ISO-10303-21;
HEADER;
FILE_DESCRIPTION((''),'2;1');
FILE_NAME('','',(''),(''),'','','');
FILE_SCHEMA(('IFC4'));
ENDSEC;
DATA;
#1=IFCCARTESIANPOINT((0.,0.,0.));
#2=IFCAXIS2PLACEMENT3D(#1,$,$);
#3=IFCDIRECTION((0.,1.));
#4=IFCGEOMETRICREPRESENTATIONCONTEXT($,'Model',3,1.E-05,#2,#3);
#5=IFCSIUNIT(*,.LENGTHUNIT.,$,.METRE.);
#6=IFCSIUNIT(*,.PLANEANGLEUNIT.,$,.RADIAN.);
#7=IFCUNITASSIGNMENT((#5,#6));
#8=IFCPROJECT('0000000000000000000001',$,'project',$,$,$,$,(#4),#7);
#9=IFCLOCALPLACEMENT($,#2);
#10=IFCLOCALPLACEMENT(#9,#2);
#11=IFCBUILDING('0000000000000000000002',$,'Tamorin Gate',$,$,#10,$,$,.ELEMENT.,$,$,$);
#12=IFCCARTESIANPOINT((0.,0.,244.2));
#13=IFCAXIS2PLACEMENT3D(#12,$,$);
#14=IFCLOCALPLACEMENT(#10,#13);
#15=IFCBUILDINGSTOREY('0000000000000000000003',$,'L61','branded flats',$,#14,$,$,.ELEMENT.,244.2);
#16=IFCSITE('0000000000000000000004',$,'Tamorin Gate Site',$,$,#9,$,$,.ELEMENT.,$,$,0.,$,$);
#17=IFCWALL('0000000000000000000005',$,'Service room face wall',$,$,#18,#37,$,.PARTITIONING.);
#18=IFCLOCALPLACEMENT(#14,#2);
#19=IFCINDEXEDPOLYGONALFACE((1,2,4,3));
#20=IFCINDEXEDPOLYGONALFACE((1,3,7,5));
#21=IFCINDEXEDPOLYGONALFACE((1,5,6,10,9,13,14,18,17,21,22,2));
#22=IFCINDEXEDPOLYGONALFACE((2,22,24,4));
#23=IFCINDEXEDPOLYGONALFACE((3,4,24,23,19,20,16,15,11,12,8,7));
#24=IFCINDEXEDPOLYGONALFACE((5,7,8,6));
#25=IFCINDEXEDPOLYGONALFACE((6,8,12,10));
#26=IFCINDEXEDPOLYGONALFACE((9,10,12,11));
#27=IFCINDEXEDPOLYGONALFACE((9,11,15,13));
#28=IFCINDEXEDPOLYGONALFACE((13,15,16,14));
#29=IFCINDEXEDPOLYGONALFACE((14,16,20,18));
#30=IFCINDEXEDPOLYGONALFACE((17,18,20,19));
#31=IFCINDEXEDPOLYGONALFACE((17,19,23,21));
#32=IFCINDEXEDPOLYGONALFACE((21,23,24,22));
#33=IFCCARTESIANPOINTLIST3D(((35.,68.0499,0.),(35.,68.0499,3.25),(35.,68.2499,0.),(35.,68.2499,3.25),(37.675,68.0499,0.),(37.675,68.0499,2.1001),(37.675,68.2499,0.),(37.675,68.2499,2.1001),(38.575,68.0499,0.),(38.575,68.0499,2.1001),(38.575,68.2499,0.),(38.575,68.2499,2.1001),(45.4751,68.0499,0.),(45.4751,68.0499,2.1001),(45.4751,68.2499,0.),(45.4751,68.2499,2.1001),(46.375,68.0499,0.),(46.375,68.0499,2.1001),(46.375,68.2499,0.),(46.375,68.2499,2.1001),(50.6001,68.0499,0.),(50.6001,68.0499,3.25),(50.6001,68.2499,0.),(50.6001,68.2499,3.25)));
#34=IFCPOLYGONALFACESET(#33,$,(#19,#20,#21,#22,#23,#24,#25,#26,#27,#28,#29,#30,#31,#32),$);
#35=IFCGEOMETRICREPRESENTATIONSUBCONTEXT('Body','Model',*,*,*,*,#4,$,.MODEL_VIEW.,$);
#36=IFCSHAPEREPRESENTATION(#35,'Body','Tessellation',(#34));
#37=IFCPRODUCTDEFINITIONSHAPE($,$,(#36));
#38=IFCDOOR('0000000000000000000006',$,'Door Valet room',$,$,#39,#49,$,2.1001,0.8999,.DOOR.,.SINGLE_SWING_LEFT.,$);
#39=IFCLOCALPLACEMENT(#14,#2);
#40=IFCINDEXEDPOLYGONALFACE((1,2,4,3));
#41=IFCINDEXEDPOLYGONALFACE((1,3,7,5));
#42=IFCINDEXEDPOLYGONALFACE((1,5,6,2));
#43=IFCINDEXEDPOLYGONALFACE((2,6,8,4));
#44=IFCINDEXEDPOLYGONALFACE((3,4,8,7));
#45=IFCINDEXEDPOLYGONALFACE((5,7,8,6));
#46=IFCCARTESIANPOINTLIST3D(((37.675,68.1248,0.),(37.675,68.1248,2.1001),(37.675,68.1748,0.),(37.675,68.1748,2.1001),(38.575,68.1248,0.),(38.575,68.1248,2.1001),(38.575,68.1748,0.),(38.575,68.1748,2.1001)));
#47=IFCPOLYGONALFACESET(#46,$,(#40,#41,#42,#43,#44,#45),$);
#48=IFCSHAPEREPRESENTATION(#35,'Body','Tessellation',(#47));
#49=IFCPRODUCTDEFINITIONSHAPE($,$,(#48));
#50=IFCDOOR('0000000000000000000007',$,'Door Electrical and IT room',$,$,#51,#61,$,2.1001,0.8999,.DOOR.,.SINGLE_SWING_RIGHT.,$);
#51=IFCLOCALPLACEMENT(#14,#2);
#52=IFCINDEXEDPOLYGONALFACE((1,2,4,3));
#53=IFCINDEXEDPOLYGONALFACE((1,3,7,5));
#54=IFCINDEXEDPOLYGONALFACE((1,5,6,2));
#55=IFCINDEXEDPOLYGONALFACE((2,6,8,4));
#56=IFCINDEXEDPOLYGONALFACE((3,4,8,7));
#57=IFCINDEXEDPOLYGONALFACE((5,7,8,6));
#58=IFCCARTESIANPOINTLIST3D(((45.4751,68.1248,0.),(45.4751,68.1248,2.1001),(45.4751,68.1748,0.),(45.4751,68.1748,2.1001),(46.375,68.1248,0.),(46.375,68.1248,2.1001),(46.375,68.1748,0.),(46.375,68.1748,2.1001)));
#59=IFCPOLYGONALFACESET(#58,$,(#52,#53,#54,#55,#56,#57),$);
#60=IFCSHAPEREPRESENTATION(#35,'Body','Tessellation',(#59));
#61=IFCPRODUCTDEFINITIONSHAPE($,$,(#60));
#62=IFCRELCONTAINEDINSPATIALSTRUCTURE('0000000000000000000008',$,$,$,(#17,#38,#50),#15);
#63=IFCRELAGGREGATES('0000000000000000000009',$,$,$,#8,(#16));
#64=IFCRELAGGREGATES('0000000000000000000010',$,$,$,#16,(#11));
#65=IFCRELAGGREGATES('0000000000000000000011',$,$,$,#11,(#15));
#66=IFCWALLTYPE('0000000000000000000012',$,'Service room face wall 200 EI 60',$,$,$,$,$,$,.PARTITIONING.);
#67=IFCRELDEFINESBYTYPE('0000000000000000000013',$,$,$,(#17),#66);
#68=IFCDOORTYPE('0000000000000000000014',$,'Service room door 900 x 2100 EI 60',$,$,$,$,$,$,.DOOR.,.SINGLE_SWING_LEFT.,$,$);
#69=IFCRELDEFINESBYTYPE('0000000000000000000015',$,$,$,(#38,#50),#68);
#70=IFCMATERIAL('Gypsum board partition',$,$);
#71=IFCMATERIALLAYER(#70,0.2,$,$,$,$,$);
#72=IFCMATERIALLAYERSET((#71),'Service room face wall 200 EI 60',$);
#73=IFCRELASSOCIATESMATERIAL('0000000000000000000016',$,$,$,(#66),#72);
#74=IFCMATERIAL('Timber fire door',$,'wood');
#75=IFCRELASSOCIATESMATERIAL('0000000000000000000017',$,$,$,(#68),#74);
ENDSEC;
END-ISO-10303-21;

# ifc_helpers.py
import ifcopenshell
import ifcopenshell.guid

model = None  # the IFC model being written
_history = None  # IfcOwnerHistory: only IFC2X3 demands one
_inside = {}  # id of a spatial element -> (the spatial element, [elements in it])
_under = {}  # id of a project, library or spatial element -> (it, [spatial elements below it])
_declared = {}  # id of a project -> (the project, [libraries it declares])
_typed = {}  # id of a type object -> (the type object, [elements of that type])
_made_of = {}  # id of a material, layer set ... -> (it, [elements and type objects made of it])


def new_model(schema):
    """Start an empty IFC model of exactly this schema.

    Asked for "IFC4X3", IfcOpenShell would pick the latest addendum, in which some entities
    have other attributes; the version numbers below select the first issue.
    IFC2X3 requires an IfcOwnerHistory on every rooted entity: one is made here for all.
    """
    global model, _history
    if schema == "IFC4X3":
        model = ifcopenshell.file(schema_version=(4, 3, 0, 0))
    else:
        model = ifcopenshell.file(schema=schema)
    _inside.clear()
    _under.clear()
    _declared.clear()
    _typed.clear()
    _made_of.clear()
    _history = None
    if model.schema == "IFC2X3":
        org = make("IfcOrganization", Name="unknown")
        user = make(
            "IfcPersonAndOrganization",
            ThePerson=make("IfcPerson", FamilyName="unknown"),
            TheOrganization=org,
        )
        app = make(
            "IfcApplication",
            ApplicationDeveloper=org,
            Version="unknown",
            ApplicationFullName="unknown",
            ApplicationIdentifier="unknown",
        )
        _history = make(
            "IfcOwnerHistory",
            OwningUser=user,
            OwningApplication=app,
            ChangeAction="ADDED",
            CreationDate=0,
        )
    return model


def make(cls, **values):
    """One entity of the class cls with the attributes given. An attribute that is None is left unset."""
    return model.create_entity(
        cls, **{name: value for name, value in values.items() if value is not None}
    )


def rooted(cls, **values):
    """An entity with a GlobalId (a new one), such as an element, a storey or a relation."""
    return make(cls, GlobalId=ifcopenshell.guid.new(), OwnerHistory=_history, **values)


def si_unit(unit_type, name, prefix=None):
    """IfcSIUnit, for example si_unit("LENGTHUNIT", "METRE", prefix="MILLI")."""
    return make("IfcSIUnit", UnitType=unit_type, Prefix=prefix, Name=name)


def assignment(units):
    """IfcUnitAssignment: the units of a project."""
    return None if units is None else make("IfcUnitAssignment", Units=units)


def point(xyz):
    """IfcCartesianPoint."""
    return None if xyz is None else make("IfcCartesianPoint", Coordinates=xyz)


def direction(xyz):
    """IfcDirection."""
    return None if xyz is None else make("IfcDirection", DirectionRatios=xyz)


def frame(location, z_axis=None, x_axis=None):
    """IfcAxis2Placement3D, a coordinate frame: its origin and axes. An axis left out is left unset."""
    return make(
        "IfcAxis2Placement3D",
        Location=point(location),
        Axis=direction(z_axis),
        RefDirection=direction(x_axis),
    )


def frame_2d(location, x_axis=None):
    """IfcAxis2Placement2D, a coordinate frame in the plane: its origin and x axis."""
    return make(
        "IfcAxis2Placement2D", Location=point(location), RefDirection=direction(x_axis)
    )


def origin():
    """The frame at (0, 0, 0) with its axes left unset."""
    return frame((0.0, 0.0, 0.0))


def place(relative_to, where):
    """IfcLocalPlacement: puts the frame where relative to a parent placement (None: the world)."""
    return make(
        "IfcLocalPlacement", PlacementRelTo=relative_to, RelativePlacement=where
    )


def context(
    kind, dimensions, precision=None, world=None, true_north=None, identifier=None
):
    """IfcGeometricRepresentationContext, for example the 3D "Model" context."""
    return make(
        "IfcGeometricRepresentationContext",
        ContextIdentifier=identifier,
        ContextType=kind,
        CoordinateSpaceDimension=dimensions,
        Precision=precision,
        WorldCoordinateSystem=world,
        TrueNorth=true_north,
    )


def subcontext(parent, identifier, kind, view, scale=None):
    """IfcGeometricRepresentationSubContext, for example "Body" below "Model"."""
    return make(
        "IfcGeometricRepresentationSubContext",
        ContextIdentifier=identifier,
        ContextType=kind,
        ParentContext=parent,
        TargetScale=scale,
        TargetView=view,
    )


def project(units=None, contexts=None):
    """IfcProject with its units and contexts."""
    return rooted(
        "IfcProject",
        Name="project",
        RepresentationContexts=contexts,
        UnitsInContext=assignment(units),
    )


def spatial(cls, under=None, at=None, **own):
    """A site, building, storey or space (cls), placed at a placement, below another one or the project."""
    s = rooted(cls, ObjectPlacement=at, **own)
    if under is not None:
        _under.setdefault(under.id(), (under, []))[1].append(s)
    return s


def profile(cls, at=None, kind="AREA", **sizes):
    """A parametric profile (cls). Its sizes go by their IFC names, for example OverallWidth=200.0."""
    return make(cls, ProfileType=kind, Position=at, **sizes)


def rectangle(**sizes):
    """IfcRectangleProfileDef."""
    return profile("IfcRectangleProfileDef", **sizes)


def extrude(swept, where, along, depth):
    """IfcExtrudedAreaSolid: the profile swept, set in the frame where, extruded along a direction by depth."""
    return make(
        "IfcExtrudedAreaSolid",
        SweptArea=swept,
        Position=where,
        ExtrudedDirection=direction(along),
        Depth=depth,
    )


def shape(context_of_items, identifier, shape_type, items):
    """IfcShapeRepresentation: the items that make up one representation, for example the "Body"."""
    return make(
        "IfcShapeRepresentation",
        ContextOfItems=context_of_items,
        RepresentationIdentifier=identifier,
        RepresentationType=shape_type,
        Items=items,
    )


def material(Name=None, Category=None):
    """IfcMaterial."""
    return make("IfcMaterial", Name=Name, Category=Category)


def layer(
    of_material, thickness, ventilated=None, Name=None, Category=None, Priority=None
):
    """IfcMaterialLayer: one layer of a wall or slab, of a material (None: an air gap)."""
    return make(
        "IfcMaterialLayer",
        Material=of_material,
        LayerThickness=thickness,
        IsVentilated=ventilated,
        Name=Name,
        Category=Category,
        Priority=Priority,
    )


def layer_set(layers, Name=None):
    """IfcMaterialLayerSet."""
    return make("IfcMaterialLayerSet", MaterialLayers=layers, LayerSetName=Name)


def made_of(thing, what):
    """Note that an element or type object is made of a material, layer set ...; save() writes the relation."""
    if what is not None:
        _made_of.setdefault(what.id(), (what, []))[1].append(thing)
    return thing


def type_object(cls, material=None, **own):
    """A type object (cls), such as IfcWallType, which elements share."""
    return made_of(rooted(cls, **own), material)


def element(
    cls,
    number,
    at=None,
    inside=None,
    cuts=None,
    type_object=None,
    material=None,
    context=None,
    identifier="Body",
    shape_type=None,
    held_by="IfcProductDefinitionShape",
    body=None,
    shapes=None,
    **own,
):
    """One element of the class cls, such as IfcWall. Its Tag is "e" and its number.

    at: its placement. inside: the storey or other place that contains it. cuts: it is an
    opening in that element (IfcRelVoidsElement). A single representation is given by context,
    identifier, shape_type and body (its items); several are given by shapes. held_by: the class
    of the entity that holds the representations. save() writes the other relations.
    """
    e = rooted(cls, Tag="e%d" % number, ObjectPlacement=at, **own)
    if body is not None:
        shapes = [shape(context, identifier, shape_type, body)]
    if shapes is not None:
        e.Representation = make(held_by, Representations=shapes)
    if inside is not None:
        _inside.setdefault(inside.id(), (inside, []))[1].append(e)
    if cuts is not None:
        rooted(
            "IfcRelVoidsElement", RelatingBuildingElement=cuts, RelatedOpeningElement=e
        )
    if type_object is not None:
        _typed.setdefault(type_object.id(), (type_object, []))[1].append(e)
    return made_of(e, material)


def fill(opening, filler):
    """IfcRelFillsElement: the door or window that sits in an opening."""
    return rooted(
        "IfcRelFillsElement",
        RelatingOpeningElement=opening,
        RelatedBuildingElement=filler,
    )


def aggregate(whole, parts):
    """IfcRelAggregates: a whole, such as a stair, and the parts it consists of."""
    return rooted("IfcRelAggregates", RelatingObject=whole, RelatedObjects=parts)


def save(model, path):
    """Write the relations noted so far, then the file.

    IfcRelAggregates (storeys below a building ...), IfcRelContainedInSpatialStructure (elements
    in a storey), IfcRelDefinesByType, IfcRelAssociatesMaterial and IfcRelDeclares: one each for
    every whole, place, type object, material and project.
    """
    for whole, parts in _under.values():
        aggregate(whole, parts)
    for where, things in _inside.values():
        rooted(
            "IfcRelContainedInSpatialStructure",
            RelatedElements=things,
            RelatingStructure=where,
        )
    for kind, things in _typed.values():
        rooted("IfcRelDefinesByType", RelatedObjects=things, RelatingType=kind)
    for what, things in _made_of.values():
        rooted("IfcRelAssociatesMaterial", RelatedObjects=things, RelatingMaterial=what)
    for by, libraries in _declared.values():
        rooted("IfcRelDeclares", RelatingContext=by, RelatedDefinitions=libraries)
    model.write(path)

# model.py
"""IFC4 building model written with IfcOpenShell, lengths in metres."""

from ifc_helpers import new_model, si_unit, direction, frame, frame_2d, origin, place, context, subcontext, project, spatial, rectangle, extrude, material, layer, layer_set, type_object, element, fill, save


model = new_model("IFC4")

# Units and contexts
model_context = context("Model", 3, precision=1e-05, world=origin(), true_north=direction((0.0, 1.0)))
body_context = subcontext(model_context, "Body", "Model", "MODEL_VIEW")
ifc_project = project(units=[si_unit("LENGTHUNIT", "METRE"), si_unit("PLANEANGLEUNIT", "RADIAN")], contexts=[model_context])

# Site, building, storey
site_placement = place(None, origin())
site = spatial("IfcSite", under=ifc_project, at=site_placement, Name="Tamorin Gate Site", CompositionType="ELEMENT", RefElevation=0.0)
building_placement = place(site_placement, origin())
building = spatial("IfcBuilding", under=site, at=building_placement, Name="Tamorin Gate", CompositionType="ELEMENT")
storey_placement = place(building_placement, frame((0.0, 0.0, 244.2)))
storey = spatial("IfcBuildingStorey", under=building, at=storey_placement, Name="L61", Description="branded flats", CompositionType="ELEMENT", Elevation=244.2)

# Wall, openings, doors
ifc_material_1 = material(Name="Gypsum board partition")
ifc_layer_1 = layer(ifc_material_1, 0.2)
ifc_layer_set_1 = layer_set([ifc_layer_1], Name="Service room face wall 200 EI 60")
wall_type_1 = type_object("IfcWallType", Name="Service room face wall 200 EI 60", PredefinedType="PARTITIONING", material=ifc_layer_set_1)
ifc_material_2 = material(Name="Timber fire door", Category="wood")
door_type_1 = type_object("IfcDoorType", Name="Service room door 900 x 2100 EI 60", OperationType="SINGLE_SWING_LEFT", PredefinedType="DOOR", material=ifc_material_2)
wall_1_placement = place(storey_placement, frame((35.0, 68.1499, 0.0), z_axis=(0.0, 0.0, 1.0), x_axis=(1.0, 0.0, 0.0)))
wall_1 = element("IfcWall", 1, at=wall_1_placement, inside=storey, type_object=wall_type_1, Name="Service room face wall", PredefinedType="PARTITIONING", context=body_context, shape_type="SweptSolid", body=[
    extrude(rectangle(XDim=15.6001, YDim=0.2, at=frame_2d((7.8, 0.0))), origin(), (0.0, 0.0, 1.0), 3.25),
])
opening_1_placement = place(wall_1_placement, frame((2.675, 0.0, 0.0)))
opening_1 = element("IfcOpeningElement", 2, at=opening_1_placement, cuts=wall_1, PredefinedType="OPENING", context=body_context, shape_type="SweptSolid", body=[
    extrude(rectangle(XDim=0.8999, YDim=2.1001, at=frame_2d((0.45, 1.05))), frame((0.0, 0.1099, 0.0), z_axis=(0.0, -1.0, 0.0), x_axis=(1.0, 0.0, 0.0)), (0.0, 0.0, 1.0), 0.22),
])
opening_2_placement = place(wall_1_placement, frame((10.4751, 0.0, 0.0)))
opening_2 = element("IfcOpeningElement", 3, at=opening_2_placement, cuts=wall_1, PredefinedType="OPENING", context=body_context, shape_type="SweptSolid", body=[
    extrude(rectangle(XDim=0.8999, YDim=2.1001, at=frame_2d((0.45, 1.05))), frame((0.0, 0.1099, 0.0), z_axis=(0.0, -1.0, 0.0), x_axis=(1.0, 0.0, 0.0)), (0.0, 0.0, 1.0), 0.22),
])
door_1_placement = place(opening_1_placement, origin())
door_1 = element("IfcDoor", 4, at=door_1_placement, inside=storey, type_object=door_type_1, Name="Door Valet room", OperationType="SINGLE_SWING_LEFT", OverallHeight=2.1001, OverallWidth=0.8999, PredefinedType="DOOR", context=body_context, shape_type="SweptSolid", body=[
    extrude(rectangle(XDim=0.8999, YDim=2.1001, at=frame_2d((0.45, 1.05))), frame((0.0, 0.0249, 0.0), z_axis=(0.0, -1.0, 0.0), x_axis=(1.0, 0.0, 0.0)), (0.0, 0.0, 1.0), 0.05),
])
fill(opening_1, door_1)
door_2_placement = place(opening_2_placement, origin())
door_2 = element("IfcDoor", 5, at=door_2_placement, inside=storey, type_object=door_type_1, Name="Door Electrical and IT room", OperationType="SINGLE_SWING_RIGHT", OverallHeight=2.1001, OverallWidth=0.8999, PredefinedType="DOOR", context=body_context, shape_type="SweptSolid", body=[
    extrude(rectangle(XDim=0.8999, YDim=2.1001, at=frame_2d((0.45, 1.05))), frame((0.0, 0.0249, 0.0), z_axis=(0.0, -1.0, 0.0), x_axis=(1.0, 0.0, 0.0)), (0.0, 0.0, 1.0), 0.05),
])
fill(opening_2, door_2)

save(model, "model.ifc")
